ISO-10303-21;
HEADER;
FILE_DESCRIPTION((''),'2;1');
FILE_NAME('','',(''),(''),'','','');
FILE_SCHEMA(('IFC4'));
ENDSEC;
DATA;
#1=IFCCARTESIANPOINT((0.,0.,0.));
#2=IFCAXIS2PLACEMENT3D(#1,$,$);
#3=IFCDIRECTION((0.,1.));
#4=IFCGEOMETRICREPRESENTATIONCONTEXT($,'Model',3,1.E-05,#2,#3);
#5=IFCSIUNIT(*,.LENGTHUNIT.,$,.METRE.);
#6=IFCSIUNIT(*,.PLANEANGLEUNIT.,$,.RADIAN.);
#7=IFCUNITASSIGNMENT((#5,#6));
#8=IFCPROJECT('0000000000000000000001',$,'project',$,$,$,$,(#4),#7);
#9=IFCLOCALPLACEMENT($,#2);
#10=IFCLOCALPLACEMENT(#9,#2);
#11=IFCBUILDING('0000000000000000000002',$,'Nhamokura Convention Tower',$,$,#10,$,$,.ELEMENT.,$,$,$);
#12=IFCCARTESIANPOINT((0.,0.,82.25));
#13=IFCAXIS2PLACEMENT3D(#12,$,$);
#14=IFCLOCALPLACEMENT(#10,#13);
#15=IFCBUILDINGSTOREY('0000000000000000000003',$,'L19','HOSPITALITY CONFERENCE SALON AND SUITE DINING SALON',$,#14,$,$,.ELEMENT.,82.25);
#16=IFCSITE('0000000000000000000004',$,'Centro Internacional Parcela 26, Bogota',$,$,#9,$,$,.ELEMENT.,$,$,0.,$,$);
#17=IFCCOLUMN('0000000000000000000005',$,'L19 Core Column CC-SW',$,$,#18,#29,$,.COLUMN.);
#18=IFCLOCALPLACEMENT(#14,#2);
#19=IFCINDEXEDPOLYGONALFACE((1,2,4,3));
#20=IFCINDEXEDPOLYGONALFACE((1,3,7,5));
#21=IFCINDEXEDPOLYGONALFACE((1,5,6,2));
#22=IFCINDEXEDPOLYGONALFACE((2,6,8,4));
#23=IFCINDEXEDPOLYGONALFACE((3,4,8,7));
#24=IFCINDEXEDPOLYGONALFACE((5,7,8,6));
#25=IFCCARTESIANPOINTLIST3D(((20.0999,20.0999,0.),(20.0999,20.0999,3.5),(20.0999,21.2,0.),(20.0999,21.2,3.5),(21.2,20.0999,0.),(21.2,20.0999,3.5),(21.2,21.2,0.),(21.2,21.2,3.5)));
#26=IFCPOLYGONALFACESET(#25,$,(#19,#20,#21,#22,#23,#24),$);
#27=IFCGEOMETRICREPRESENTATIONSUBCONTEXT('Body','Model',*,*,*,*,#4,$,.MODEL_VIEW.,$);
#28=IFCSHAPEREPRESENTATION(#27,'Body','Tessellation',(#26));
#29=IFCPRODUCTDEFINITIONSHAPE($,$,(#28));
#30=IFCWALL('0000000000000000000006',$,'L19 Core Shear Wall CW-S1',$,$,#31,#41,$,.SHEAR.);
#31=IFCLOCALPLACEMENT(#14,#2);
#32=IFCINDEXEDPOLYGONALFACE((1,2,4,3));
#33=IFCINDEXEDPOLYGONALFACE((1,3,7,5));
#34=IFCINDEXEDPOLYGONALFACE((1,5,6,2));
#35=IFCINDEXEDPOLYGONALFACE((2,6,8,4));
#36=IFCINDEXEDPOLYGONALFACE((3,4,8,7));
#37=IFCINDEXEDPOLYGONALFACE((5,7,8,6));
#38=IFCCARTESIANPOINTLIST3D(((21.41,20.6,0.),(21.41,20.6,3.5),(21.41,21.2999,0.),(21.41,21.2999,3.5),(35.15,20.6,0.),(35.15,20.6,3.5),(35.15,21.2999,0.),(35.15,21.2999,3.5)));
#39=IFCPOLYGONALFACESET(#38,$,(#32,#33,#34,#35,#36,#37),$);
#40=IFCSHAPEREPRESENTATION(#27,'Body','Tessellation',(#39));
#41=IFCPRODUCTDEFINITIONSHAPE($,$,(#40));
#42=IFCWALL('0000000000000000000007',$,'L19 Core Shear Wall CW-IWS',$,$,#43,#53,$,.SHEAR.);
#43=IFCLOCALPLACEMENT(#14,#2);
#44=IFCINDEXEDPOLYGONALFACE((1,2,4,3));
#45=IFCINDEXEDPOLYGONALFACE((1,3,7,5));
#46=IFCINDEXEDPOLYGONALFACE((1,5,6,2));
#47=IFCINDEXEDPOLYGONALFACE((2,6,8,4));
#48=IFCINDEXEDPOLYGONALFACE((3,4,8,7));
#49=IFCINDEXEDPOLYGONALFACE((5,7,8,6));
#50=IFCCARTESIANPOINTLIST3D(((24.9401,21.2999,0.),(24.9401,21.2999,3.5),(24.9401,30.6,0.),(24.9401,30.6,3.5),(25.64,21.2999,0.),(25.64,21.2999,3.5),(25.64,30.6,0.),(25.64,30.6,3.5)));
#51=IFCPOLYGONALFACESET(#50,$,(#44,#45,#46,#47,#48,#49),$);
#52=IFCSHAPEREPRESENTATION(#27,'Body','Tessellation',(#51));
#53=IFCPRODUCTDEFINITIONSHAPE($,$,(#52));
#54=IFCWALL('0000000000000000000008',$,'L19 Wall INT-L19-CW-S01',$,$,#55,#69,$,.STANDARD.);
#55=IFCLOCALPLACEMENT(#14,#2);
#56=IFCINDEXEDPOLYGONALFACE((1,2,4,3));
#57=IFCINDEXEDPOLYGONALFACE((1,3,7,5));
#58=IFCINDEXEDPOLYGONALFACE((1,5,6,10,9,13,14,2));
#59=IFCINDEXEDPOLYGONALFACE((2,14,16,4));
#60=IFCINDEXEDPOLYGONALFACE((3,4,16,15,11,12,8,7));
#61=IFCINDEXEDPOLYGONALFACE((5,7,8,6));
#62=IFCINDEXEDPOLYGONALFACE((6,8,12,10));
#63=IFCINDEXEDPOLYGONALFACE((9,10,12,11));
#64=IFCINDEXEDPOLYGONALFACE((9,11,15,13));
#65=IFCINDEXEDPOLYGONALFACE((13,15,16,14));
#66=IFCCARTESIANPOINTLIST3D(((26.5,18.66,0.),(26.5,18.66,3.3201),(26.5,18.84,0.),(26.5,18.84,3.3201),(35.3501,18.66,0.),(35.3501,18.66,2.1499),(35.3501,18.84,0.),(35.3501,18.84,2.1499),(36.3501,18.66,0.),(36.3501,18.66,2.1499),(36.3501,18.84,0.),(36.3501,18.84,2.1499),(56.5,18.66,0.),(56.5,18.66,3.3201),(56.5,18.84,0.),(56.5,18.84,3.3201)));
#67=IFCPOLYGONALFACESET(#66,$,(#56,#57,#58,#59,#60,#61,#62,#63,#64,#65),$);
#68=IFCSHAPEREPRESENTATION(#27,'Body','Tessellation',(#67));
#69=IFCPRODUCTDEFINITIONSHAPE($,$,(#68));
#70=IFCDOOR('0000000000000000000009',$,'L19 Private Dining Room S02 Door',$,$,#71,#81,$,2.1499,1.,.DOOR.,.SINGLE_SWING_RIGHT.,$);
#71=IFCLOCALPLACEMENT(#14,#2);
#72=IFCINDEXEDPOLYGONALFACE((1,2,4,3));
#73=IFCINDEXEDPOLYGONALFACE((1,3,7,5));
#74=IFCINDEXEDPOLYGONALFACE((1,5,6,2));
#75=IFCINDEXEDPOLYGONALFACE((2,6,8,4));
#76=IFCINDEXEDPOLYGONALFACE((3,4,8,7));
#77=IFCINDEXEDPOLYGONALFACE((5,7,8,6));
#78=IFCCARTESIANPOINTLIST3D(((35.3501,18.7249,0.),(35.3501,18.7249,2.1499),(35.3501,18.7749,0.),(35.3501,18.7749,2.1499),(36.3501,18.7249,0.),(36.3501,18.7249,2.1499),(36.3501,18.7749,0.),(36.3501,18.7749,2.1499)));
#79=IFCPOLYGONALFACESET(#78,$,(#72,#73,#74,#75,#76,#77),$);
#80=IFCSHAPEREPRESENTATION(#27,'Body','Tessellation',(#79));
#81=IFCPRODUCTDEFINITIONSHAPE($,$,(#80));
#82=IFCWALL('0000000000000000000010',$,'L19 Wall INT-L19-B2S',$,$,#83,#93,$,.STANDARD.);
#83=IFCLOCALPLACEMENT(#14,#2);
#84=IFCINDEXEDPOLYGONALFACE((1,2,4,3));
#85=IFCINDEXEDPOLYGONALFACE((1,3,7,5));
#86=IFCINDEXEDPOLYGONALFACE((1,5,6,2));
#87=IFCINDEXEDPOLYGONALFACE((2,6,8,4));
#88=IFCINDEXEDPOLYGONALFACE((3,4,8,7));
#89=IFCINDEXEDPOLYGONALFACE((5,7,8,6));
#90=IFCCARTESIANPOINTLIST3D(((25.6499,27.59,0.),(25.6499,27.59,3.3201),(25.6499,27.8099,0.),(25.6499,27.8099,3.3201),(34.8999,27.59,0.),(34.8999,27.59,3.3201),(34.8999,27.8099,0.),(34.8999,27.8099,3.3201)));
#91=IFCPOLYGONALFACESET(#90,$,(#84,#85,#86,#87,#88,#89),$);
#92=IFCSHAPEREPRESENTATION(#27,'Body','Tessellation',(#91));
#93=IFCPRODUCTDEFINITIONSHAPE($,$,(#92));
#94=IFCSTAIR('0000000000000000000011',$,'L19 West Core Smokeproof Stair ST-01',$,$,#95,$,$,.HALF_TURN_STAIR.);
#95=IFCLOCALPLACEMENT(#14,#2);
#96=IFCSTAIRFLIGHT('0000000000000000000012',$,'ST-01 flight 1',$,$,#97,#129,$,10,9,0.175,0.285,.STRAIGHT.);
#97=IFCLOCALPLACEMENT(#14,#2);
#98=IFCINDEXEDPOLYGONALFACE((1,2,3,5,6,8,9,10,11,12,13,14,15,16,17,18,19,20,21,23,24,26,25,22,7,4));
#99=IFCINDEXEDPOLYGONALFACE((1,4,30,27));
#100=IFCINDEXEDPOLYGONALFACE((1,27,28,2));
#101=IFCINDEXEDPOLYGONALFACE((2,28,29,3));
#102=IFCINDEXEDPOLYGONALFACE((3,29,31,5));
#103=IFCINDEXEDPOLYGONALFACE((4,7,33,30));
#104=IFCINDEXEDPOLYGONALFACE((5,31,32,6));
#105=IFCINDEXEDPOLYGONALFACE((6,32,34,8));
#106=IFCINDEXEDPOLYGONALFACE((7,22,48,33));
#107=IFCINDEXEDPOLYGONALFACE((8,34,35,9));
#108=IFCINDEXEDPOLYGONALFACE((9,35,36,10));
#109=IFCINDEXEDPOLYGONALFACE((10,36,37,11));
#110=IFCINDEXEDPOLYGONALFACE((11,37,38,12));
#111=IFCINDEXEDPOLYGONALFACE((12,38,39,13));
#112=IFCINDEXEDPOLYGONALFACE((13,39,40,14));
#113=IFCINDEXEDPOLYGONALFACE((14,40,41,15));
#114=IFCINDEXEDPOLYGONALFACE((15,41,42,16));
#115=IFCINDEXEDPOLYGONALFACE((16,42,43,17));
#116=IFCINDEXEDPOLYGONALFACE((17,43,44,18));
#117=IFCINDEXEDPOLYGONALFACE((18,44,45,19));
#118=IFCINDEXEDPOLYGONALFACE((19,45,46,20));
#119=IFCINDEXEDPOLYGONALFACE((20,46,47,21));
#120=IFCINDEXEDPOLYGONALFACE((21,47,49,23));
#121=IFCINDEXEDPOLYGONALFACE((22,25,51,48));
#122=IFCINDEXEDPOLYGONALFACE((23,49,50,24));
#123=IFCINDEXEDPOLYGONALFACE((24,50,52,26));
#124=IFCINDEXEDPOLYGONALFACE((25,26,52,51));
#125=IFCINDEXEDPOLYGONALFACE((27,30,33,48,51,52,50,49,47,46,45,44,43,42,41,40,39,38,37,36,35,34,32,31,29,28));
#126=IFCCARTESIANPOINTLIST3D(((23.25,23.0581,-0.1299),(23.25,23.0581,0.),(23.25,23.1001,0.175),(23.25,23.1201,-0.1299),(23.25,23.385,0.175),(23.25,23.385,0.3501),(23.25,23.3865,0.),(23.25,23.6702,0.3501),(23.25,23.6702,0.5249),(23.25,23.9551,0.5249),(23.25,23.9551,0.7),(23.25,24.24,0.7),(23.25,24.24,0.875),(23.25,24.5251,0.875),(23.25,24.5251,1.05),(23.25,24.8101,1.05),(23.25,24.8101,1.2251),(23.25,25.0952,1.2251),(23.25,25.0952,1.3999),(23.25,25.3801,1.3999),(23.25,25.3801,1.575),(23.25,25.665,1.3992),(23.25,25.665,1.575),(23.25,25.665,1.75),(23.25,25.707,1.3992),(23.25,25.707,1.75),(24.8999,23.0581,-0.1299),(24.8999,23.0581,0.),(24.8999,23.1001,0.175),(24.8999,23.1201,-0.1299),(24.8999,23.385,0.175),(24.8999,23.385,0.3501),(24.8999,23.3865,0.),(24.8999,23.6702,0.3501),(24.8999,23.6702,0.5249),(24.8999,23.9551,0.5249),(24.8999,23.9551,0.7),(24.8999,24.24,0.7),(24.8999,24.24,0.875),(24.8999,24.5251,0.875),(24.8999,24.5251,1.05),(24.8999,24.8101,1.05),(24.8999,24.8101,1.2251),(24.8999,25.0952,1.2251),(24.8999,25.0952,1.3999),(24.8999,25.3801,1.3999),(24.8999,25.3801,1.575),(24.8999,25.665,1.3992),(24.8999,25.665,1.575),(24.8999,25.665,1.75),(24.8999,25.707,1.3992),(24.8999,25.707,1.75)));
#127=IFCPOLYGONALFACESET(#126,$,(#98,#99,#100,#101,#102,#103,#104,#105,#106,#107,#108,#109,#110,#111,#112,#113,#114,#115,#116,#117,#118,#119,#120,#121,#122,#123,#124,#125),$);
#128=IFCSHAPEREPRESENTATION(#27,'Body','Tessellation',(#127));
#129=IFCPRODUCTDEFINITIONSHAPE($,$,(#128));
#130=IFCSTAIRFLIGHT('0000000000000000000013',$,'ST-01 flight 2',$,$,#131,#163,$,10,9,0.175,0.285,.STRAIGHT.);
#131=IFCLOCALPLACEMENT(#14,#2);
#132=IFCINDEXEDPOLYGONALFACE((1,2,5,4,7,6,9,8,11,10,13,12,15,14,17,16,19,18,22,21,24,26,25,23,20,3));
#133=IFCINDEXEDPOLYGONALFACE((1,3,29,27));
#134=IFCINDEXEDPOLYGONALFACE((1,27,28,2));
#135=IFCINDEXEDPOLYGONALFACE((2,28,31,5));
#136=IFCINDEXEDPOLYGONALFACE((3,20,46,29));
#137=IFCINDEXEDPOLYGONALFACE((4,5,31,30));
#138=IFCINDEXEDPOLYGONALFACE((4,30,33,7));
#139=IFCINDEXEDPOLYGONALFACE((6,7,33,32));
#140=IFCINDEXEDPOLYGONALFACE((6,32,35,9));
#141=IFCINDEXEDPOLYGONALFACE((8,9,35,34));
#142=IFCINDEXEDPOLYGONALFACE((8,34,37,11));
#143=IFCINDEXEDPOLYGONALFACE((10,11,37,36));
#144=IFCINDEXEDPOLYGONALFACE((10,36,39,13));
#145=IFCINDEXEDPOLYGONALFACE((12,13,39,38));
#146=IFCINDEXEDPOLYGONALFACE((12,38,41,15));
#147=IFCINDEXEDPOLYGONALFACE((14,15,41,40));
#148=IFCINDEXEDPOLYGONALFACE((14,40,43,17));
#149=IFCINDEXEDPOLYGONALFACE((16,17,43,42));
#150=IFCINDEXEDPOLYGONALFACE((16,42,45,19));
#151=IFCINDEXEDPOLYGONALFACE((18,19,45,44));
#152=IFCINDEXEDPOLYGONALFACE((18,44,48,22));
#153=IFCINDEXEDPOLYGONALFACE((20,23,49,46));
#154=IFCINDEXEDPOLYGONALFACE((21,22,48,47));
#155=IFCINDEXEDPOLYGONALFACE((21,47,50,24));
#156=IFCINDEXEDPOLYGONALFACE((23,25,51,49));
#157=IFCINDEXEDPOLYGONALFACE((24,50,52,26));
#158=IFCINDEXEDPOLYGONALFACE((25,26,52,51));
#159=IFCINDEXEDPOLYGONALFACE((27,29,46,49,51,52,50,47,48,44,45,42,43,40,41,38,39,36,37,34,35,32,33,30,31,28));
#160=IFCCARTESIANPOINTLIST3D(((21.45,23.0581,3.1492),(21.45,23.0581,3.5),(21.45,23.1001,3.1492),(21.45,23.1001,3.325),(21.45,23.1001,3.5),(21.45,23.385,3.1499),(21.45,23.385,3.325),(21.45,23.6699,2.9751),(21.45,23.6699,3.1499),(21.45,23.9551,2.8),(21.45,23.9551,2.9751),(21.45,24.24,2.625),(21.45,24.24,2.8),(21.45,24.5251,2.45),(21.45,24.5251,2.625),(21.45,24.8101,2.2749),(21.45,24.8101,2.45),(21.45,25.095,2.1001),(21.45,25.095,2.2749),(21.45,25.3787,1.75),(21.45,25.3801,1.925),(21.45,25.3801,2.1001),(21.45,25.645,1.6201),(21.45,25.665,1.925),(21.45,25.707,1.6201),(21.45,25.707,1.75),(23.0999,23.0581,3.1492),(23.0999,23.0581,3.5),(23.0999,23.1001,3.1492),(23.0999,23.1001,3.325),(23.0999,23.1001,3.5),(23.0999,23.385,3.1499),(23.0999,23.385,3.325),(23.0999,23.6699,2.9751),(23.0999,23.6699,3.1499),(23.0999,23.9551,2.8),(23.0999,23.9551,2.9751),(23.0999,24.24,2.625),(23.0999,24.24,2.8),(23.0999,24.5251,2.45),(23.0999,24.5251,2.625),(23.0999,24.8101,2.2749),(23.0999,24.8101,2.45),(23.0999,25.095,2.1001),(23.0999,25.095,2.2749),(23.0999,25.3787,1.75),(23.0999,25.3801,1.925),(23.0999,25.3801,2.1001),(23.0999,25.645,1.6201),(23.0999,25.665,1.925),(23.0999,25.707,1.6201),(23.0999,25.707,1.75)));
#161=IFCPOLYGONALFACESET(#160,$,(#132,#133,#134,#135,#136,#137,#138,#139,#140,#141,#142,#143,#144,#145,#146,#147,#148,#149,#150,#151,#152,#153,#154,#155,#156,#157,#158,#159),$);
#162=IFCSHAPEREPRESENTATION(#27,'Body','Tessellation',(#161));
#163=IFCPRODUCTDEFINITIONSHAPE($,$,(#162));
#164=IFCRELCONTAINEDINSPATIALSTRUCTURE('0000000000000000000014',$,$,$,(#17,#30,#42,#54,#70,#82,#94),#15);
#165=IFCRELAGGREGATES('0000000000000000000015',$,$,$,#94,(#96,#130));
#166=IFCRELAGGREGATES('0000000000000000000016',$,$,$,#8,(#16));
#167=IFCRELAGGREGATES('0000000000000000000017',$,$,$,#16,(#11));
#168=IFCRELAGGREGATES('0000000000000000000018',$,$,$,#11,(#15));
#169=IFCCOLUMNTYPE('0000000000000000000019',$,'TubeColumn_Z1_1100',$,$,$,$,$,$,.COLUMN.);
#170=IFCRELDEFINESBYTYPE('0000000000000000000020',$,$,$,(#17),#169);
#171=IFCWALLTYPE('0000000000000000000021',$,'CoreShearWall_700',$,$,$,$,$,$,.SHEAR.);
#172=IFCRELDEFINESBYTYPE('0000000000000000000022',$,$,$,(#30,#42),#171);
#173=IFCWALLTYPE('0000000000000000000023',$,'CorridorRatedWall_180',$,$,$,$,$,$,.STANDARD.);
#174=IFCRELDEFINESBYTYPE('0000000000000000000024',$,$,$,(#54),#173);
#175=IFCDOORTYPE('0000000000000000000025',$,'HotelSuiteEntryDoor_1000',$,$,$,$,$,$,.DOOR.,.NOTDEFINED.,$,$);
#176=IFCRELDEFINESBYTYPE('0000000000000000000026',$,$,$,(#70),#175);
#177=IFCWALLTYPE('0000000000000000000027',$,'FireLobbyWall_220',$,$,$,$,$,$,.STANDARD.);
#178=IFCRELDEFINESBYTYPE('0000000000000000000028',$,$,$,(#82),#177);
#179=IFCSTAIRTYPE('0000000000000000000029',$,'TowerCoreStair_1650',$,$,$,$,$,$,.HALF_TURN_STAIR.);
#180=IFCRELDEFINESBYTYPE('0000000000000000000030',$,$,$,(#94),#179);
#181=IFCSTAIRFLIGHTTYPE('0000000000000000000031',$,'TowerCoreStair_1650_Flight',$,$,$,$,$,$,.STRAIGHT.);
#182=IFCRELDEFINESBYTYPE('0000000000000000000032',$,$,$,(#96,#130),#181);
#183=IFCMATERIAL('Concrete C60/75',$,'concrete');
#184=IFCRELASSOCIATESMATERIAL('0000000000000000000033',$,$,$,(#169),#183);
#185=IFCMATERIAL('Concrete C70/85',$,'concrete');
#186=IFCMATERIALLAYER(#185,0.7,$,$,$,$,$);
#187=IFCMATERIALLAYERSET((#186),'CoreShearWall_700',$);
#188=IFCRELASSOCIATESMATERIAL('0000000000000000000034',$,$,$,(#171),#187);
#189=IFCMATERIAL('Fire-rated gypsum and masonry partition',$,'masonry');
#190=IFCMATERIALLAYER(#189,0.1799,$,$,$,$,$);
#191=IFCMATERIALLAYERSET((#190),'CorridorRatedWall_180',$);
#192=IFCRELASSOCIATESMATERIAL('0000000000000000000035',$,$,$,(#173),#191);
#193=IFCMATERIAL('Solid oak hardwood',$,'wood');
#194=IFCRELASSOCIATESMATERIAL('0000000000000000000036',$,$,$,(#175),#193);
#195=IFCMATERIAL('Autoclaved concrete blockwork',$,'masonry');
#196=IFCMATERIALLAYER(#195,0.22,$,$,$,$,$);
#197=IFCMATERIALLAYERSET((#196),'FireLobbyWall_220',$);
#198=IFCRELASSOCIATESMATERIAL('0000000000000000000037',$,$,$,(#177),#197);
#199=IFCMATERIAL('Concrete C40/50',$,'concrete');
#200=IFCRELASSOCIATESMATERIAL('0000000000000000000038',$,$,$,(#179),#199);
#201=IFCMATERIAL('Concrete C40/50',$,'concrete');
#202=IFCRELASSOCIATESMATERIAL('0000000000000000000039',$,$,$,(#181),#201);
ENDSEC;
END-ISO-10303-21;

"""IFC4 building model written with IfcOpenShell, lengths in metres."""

from ifc_helpers import new_model, si_unit, direction, frame, frame_2d, origin, origin_2d, place, context, subcontext, project, spatial, polyline, rectangle, outline, extrude, material, layer, layer_set, material_profile, profile_set, type_object, element, fill, aggregate, save


model = new_model("IFC4")

# Units and contexts
model_context = context("Model", 3, precision=1e-05, world=origin(), true_north=direction((0.0, 1.0)))
body_context = subcontext(model_context, "Body", "Model", "MODEL_VIEW")
ifc_project = project(units=[si_unit("LENGTHUNIT", "METRE"), si_unit("PLANEANGLEUNIT", "RADIAN")], contexts=[model_context])

# Site, building, storey
site_placement = place(None, origin())
site = spatial("IfcSite", under=ifc_project, at=site_placement, Name="Centro Internacional Parcela 26, Bogota", CompositionType="ELEMENT", RefElevation=0.0)
building_placement = place(site_placement, origin())
building = spatial("IfcBuilding", under=site, at=building_placement, Name="Nhamokura Convention Tower", CompositionType="ELEMENT")
storey_placement = place(building_placement, frame((0.0, 0.0, 82.25)))
storey = spatial("IfcBuildingStorey", under=building, at=storey_placement, Name="L19", Description="HOSPITALITY CONFERENCE SALON AND SUITE DINING SALON", CompositionType="ELEMENT", Elevation=82.25)

# Column
ifc_material_1 = material(Name="Concrete C60/75", Category="concrete")
ifc_material_profile = material_profile(ifc_material_1, rectangle(XDim=1.1001, YDim=1.1001, at=origin_2d()))
ifc_profile_set = profile_set([ifc_material_profile], Name="Concrete C60/75")
column_type = type_object("IfcColumnType", Name="TubeColumn_Z1_1100", PredefinedType="COLUMN", material=ifc_profile_set)
column_placement = place(storey_placement, frame((20.6499, 20.6499, 0.0), z_axis=(0.0, 0.0, 1.0), x_axis=(1.0, 0.0, 0.0)))
element("IfcColumn", 1, at=column_placement, inside=storey, type_object=column_type, Name="L19 Core Column CC-SW", PredefinedType="COLUMN", context=body_context, shape_type="SweptSolid", body=[
    extrude(rectangle(XDim=1.1001, YDim=1.1001, at=origin_2d()), origin(), (0.0, 0.0, 1.0), 3.5),
])

# Shared definitions
ifc_material_2 = material(Name="Concrete C70/85", Category="concrete")
ifc_layer_1 = layer(ifc_material_2, 0.7)
ifc_layer_set_1 = layer_set([ifc_layer_1], Name="CoreShearWall_700")
wall_type_1 = type_object("IfcWallType", Name="CoreShearWall_700", PredefinedType="SHEAR", material=ifc_layer_set_1)

# Walls
wall_1_placement = place(storey_placement, frame((21.4099, 20.95, 0.0), z_axis=(0.0, 0.0, 1.0), x_axis=(1.0, 0.0, 0.0)))
element("IfcWall", 2, at=wall_1_placement, inside=storey, type_object=wall_type_1, Name="L19 Core Shear Wall CW-S1", PredefinedType="SHEAR", context=body_context, shape_type="SweptSolid", body=[
    extrude(rectangle(XDim=13.74, YDim=0.7, at=frame_2d((6.8701, 0.0))), origin(), (0.0, 0.0, 1.0), 3.5),
])
wall_2_placement = place(storey_placement, frame((25.29, 21.3, 0.0), z_axis=(0.0, 0.0, 1.0), x_axis=(0.0, 1.0, 0.0)))
element("IfcWall", 3, at=wall_2_placement, inside=storey, type_object=wall_type_1, Name="L19 Core Shear Wall CW-IWS", PredefinedType="SHEAR", context=body_context, shape_type="SweptSolid", body=[
    extrude(rectangle(XDim=9.3, YDim=0.7, at=frame_2d((4.6499, 0.0))), origin(), (0.0, 0.0, 1.0), 3.5),
])

# Wall, opening, door
ifc_material_3 = material(Name="Fire-rated gypsum and masonry partition", Category="masonry")
ifc_layer_2 = layer(ifc_material_3, 0.1799)
ifc_layer_set_2 = layer_set([ifc_layer_2], Name="CorridorRatedWall_180")
wall_type_2 = type_object("IfcWallType", Name="CorridorRatedWall_180", PredefinedType="STANDARD", material=ifc_layer_set_2)
wall_3_placement = place(storey_placement, frame((26.5, 18.75, 0.0), z_axis=(0.0, 0.0, 1.0), x_axis=(1.0, 0.0, 0.0)))
wall_3 = element("IfcWall", 4, at=wall_3_placement, inside=storey, type_object=wall_type_2, Name="L19 Wall INT-L19-CW-S01", PredefinedType="STANDARD", context=body_context, shape_type="SweptSolid", body=[
    extrude(rectangle(XDim=30.0, YDim=0.1799, at=frame_2d((15.0, 0.0))), origin(), (0.0, 0.0, 1.0), 3.3201),
])
opening_1_placement = place(wall_3_placement, frame((8.8501, 0.0, 0.0)))
opening_1 = element("IfcOpeningElement", 5, at=opening_1_placement, cuts=wall_3, PredefinedType="OPENING", context=body_context, shape_type="SweptSolid", body=[
    extrude(rectangle(XDim=1.0, YDim=2.1499, at=frame_2d((0.5, 1.075))), frame((0.0, 0.0999, 0.0), z_axis=(0.0, -1.0, 0.0), x_axis=(1.0, 0.0, 0.0)), (0.0, 0.0, 1.0), 0.2),
])
ifc_material_4 = material(Name="Solid oak hardwood", Category="wood")
door_type_1 = type_object("IfcDoorType", Name="HotelSuiteEntryDoor_1000", OperationType="NOTDEFINED", PredefinedType="DOOR", material=ifc_material_4)
door_1_placement = place(opening_1_placement, origin())
door_1 = element("IfcDoor", 6, at=door_1_placement, inside=storey, type_object=door_type_1, Name="L19 Private Dining Room S02 Door", OperationType="SINGLE_SWING_RIGHT", OverallHeight=2.1499, OverallWidth=1.0, PredefinedType="DOOR", context=body_context, shape_type="SweptSolid", body=[
    extrude(rectangle(XDim=1.0, YDim=2.1499, at=frame_2d((0.5, 1.075))), frame((0.0, 0.0249, 0.0), z_axis=(0.0, -1.0, 0.0), x_axis=(1.0, 0.0, 0.0)), (0.0, 0.0, 1.0), 0.05),
])
fill(opening_1, door_1)

# Shared definitions
ifc_material_5 = material(Name="Autoclaved concrete blockwork", Category="masonry")
ifc_layer_3 = layer(ifc_material_5, 0.22)
ifc_layer_set_3 = layer_set([ifc_layer_3], Name="FireLobbyWall_220")
wall_type_3 = type_object("IfcWallType", Name="FireLobbyWall_220", PredefinedType="STANDARD", material=ifc_layer_set_3)

# Wall
wall_4_placement = place(storey_placement, frame((25.6499, 27.7, 0.0), z_axis=(0.0, 0.0, 1.0), x_axis=(1.0, 0.0, 0.0)))
element("IfcWall", 7, at=wall_4_placement, inside=storey, type_object=wall_type_3, Name="L19 Wall INT-L19-B2S", PredefinedType="STANDARD", context=body_context, shape_type="SweptSolid", body=[
    extrude(rectangle(XDim=9.25, YDim=0.22, at=frame_2d((4.625, 0.0))), origin(), (0.0, 0.0, 1.0), 3.3201),
])

# Stair, stair flights
ifc_material_6 = material(Name="Concrete C40/50", Category="concrete")
stair_type = type_object("IfcStairType", Name="TowerCoreStair_1650", PredefinedType="HALF_TURN_STAIR", material=ifc_material_6)
stair_placement = place(storey_placement, origin())
stair = element("IfcStair", 8, at=stair_placement, inside=storey, type_object=stair_type, Name="L19 West Core Smokeproof Stair ST-01", PredefinedType="HALF_TURN_STAIR")
ifc_material_7 = material(Name="Concrete C40/50", Category="concrete")
stair_flight_type = type_object("IfcStairFlightType", Name="TowerCoreStair_1650_Flight", PredefinedType="STRAIGHT", material=ifc_material_7)
stair_flight_1_placement = place(storey_placement, frame((24.075, 23.1001, 0.0), z_axis=(0.0, 0.0, 1.0), x_axis=(0.0, 1.0, 0.0)))
stair_flight_1 = element("IfcStairFlight", 9, at=stair_flight_1_placement, type_object=stair_flight_type, Name="ST-01 flight 1", NumberOfRisers=10, NumberOfTreads=9, PredefinedType="STRAIGHT", RiserHeight=0.175, TreadLength=0.285, context=body_context, shape_type="SweptSolid", body=[
    extrude(outline(polyline([(-0.042, 0.0), (0.0, 0.175), (0.2849, 0.175), (0.2849, 0.3501), (0.5701, 0.3501), (0.5701, 0.5249), (0.855, 0.5249), (0.855, 0.7), (1.1399, 0.7), (1.1399, 0.875), (1.425, 0.875), (1.425, 1.05), (1.71, 1.05), (1.71, 1.2251), (1.9951, 1.2251), (1.9951, 1.3999), (2.28, 1.3999), (2.28, 1.575), (2.5649, 1.575), (2.5649, 1.75), (2.6069, 1.75), (2.6069, 1.3992), (2.5649, 1.3992), (0.2864, 0.0), (0.02, -0.1299), (-0.042, -0.1299), (-0.042, 0.0)])), frame((0.0, 0.825, 0.0), z_axis=(0.0, -1.0, 0.0), x_axis=(1.0, 0.0, 0.0)), (0.0, 0.0, 1.0), 1.6499),
])
stair_flight_2_placement = place(storey_placement, frame((22.2749, 25.665, 1.75), z_axis=(0.0, 0.0, 1.0), x_axis=(0.0, -1.0, 0.0)))
stair_flight_2 = element("IfcStairFlight", 10, at=stair_flight_2_placement, type_object=stair_flight_type, Name="ST-01 flight 2", NumberOfRisers=10, NumberOfTreads=9, PredefinedType="STRAIGHT", RiserHeight=0.175, TreadLength=0.285, context=body_context, shape_type="SweptSolid", body=[
    extrude(outline(polyline([(-0.042, 0.0), (0.0, 0.175), (0.2849, 0.175), (0.2849, 0.3501), (0.5701, 0.3501), (0.5701, 0.5249), (0.855, 0.5249), (0.855, 0.7), (1.1399, 0.7), (1.1399, 0.875), (1.425, 0.875), (1.425, 1.05), (1.71, 1.05), (1.71, 1.2251), (1.9951, 1.2251), (1.9951, 1.3999), (2.28, 1.3999), (2.28, 1.575), (2.5649, 1.575), (2.5649, 1.75), (2.6069, 1.75), (2.6069, 1.3992), (2.5649, 1.3992), (0.2864, 0.0), (0.02, -0.1299), (-0.042, -0.1299), (-0.042, 0.0)])), frame((0.0, 0.825, 0.0), z_axis=(0.0, -1.0, 0.0), x_axis=(1.0, 0.0, 0.0)), (0.0, 0.0, 1.0), 1.6499),
])
aggregate(stair, [stair_flight_1, stair_flight_2])

save(model, "model.ifc")
